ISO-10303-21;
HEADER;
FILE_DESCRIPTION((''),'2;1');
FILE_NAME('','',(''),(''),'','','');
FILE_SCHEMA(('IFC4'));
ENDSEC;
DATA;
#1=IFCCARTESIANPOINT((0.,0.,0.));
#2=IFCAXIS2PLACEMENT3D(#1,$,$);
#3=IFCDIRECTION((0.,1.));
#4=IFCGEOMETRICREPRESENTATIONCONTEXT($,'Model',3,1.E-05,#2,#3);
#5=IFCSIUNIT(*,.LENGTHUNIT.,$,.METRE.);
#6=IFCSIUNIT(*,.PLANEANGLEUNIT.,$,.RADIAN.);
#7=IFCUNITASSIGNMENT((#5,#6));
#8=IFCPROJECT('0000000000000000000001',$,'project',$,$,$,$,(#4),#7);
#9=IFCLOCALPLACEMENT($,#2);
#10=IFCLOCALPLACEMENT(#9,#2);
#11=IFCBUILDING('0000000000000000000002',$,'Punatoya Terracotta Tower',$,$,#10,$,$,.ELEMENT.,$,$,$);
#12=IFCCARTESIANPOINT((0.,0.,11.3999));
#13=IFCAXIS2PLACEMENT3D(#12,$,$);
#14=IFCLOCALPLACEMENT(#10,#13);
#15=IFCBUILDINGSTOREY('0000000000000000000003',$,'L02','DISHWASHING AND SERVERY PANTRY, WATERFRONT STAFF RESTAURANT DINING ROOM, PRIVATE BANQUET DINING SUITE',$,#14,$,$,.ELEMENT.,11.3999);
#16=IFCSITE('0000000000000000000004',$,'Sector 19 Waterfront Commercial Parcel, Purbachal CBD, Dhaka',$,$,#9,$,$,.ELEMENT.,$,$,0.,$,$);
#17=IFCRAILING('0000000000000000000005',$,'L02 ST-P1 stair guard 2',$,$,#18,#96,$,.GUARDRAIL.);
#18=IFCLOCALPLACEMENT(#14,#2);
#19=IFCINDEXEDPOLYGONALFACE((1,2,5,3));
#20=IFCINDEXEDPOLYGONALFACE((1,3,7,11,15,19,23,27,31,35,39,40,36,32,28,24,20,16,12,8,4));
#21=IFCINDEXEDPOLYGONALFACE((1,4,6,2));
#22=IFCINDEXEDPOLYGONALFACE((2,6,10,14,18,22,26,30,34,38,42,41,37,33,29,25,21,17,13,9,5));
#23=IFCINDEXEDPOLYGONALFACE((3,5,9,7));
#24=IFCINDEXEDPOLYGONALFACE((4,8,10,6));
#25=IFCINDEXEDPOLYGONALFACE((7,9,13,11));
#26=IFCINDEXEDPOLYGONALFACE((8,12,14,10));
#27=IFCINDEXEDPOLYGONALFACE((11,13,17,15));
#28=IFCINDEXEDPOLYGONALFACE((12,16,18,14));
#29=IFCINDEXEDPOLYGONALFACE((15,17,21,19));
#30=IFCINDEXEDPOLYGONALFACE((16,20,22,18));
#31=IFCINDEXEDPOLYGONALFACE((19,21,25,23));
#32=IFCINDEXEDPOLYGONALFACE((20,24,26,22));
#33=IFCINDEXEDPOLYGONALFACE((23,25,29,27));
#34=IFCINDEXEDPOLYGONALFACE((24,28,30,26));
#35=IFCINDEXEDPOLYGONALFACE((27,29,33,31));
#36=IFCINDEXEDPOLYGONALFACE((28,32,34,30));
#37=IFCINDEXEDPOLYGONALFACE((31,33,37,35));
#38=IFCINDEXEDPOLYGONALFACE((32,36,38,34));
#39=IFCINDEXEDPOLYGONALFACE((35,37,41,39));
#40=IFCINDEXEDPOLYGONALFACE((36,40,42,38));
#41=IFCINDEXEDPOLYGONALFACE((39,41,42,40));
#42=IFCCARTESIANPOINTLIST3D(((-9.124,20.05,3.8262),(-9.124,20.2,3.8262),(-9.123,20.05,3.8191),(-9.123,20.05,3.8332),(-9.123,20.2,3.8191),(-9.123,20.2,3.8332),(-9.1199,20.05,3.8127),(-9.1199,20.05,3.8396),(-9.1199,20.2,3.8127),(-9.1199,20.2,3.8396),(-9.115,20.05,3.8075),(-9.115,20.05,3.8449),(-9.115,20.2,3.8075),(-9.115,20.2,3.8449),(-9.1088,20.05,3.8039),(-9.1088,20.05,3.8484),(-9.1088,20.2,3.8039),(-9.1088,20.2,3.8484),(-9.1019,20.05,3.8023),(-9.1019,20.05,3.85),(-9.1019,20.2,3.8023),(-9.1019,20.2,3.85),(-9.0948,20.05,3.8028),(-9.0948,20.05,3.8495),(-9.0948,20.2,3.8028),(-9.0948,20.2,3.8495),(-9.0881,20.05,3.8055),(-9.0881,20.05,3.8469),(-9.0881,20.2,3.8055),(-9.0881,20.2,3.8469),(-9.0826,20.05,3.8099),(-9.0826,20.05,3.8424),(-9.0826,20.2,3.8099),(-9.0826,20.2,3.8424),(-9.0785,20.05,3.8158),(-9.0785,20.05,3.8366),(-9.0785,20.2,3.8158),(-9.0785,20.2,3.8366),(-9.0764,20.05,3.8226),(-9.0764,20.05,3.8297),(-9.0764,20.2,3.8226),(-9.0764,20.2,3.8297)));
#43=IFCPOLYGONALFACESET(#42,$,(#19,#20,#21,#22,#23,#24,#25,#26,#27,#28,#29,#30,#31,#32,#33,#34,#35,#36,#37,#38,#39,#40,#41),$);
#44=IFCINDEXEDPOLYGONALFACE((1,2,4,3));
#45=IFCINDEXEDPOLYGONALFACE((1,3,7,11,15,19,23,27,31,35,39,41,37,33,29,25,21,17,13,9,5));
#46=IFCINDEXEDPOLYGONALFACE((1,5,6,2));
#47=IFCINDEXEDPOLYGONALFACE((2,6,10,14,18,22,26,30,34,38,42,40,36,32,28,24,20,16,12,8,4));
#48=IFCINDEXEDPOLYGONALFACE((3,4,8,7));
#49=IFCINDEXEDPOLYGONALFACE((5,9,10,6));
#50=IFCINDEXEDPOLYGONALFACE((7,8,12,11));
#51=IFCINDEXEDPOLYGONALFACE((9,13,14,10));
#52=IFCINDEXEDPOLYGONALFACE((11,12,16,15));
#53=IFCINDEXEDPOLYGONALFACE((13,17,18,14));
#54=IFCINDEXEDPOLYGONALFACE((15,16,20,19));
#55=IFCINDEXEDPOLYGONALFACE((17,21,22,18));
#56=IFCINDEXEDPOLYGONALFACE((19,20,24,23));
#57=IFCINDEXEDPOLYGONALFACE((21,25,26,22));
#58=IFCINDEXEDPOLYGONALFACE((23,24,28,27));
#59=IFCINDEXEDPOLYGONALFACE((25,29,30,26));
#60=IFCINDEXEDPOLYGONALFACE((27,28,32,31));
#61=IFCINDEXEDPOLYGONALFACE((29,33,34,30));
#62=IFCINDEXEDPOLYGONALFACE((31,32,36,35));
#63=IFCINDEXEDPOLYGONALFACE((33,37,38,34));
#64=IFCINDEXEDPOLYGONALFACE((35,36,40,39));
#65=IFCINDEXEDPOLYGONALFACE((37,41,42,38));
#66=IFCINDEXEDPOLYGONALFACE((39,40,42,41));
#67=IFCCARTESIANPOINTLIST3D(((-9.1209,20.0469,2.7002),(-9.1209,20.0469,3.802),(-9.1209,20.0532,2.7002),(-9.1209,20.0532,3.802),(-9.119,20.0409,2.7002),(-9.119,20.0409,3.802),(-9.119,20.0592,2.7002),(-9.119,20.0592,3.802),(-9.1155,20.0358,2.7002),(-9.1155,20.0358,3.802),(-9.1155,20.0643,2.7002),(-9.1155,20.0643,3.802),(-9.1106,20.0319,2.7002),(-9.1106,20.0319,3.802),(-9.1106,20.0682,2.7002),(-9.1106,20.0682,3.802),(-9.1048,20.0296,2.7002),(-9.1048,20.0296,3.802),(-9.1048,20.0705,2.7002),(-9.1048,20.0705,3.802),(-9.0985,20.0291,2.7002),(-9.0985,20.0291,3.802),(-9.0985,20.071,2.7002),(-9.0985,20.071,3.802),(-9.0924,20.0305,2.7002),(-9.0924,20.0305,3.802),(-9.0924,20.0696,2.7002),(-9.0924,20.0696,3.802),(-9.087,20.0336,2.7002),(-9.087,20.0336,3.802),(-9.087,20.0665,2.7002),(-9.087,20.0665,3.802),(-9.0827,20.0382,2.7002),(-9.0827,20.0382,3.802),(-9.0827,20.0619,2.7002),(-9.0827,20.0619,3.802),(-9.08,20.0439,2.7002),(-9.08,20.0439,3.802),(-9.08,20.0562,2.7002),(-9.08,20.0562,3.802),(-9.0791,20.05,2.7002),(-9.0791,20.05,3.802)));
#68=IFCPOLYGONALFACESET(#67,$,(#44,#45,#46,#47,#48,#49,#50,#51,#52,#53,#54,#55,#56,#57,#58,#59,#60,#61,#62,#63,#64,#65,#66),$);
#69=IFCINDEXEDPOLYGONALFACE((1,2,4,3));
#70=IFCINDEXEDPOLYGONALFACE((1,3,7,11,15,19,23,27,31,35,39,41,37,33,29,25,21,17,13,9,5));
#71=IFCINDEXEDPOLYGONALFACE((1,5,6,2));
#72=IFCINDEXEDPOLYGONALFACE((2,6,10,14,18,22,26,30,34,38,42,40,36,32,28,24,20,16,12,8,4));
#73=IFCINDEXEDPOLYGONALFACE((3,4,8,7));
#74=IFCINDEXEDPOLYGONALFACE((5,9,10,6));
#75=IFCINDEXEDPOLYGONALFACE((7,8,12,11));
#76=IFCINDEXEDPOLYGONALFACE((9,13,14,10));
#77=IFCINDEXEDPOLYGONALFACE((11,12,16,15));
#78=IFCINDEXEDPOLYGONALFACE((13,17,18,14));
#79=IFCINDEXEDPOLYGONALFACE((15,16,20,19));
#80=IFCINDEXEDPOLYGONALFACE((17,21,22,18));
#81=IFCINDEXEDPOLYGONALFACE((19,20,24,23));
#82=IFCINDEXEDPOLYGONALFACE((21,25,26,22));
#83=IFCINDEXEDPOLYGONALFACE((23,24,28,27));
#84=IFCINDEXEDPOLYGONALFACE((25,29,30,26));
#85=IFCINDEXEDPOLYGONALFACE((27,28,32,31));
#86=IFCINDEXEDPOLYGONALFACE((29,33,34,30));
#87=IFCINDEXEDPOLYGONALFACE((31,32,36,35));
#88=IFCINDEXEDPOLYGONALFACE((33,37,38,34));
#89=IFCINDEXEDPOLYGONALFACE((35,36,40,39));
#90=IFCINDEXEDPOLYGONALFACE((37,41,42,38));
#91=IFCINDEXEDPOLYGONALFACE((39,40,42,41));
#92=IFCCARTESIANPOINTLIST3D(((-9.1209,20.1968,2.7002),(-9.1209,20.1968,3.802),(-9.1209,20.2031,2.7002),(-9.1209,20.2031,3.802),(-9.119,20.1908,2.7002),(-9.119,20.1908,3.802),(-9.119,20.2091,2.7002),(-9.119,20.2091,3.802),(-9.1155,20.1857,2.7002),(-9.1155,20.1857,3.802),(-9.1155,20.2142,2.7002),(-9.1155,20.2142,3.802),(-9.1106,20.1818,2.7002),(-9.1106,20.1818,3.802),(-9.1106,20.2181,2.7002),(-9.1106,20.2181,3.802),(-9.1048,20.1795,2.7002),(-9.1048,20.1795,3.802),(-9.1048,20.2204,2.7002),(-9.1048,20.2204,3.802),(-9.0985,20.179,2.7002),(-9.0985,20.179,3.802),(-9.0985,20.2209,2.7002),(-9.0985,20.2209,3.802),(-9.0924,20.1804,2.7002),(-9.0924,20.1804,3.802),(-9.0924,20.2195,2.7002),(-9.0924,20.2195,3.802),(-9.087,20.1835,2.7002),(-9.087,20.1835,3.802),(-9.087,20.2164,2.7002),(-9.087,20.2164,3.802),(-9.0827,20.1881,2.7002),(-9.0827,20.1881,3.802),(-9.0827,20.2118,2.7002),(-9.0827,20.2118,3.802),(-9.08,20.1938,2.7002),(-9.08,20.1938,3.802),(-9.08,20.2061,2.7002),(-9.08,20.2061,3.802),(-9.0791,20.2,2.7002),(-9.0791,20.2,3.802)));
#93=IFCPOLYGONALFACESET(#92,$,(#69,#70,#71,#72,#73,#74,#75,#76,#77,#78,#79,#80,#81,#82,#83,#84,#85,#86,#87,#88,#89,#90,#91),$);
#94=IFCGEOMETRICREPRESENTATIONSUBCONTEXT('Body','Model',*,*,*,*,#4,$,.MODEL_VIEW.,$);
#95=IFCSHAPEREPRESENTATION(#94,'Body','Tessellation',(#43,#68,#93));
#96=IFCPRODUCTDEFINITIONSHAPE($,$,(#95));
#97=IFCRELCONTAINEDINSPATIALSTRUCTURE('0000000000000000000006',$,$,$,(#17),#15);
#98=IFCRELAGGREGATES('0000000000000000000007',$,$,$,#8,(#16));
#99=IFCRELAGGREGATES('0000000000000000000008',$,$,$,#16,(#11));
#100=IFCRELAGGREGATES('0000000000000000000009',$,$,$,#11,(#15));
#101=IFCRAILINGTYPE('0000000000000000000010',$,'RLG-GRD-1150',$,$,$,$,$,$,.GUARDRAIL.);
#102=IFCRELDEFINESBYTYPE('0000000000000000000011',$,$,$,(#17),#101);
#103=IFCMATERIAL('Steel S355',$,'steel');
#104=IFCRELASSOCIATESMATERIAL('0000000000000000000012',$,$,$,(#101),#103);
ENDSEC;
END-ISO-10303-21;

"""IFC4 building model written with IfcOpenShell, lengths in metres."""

from ifc_helpers import new_model, si_unit, direction, frame, origin, origin_2d, place, context, subcontext, project, spatial, circle, extrude, material, type_object, element, save


model = new_model("IFC4")

# Units and contexts
model_context = context("Model", 3, precision=1e-05, world=origin(), true_north=direction((0.0, 1.0)))
body_context = subcontext(model_context, "Body", "Model", "MODEL_VIEW")
ifc_project = project(units=[si_unit("LENGTHUNIT", "METRE"), si_unit("PLANEANGLEUNIT", "RADIAN")], contexts=[model_context])

# Site, building, storey
site_placement = place(None, origin())
site = spatial("IfcSite", under=ifc_project, at=site_placement, Name="Sector 19 Waterfront Commercial Parcel, Purbachal CBD, Dhaka", CompositionType="ELEMENT", RefElevation=0.0)
building_placement = place(site_placement, origin())
building = spatial("IfcBuilding", under=site, at=building_placement, Name="Punatoya Terracotta Tower", CompositionType="ELEMENT")
storey_placement = place(building_placement, frame((0.0, 0.0, 11.3999)))
storey = spatial("IfcBuildingStorey", under=building, at=storey_placement, Name="L02", Description="DISHWASHING AND SERVERY PANTRY, WATERFRONT STAFF RESTAURANT DINING ROOM, PRIVATE BANQUET DINING SUITE", CompositionType="ELEMENT", Elevation=11.3999)

# Shared definitions
ifc_material_1 = material(Name="Steel S355", Category="steel")

# Railing
railing_type_1 = type_object("IfcRailingType", Name="RLG-GRD-1150", PredefinedType="GUARDRAIL", material=ifc_material_1)
railing_1_placement = place(storey_placement, frame((-9.1001, 20.05, 2.7002)))
element("IfcRailing", 1, at=railing_1_placement, inside=storey, type_object=railing_type_1, Name="L02 ST-P1 stair guard 2", PredefinedType="GUARDRAIL", context=body_context, shape_type="SweptSolid", body=[
    extrude(circle(Radius=0.0239, at=origin_2d()), frame((0.0, 0.0, 1.126), z_axis=(0.0, 1.0, 0.0), x_axis=(-1.0, 0.0, 0.0)), (0.0, 0.0, 1.0), 0.1499),
    extrude(circle(Radius=0.021, at=origin_2d()), origin(), (0.0, 0.0, 1.0), 1.1018),
    extrude(circle(Radius=0.021, at=origin_2d()), frame((0.0, 0.1499, 0.0)), (0.0, 0.0, 1.0), 1.1018),
])

save(model, "model.ifc")
